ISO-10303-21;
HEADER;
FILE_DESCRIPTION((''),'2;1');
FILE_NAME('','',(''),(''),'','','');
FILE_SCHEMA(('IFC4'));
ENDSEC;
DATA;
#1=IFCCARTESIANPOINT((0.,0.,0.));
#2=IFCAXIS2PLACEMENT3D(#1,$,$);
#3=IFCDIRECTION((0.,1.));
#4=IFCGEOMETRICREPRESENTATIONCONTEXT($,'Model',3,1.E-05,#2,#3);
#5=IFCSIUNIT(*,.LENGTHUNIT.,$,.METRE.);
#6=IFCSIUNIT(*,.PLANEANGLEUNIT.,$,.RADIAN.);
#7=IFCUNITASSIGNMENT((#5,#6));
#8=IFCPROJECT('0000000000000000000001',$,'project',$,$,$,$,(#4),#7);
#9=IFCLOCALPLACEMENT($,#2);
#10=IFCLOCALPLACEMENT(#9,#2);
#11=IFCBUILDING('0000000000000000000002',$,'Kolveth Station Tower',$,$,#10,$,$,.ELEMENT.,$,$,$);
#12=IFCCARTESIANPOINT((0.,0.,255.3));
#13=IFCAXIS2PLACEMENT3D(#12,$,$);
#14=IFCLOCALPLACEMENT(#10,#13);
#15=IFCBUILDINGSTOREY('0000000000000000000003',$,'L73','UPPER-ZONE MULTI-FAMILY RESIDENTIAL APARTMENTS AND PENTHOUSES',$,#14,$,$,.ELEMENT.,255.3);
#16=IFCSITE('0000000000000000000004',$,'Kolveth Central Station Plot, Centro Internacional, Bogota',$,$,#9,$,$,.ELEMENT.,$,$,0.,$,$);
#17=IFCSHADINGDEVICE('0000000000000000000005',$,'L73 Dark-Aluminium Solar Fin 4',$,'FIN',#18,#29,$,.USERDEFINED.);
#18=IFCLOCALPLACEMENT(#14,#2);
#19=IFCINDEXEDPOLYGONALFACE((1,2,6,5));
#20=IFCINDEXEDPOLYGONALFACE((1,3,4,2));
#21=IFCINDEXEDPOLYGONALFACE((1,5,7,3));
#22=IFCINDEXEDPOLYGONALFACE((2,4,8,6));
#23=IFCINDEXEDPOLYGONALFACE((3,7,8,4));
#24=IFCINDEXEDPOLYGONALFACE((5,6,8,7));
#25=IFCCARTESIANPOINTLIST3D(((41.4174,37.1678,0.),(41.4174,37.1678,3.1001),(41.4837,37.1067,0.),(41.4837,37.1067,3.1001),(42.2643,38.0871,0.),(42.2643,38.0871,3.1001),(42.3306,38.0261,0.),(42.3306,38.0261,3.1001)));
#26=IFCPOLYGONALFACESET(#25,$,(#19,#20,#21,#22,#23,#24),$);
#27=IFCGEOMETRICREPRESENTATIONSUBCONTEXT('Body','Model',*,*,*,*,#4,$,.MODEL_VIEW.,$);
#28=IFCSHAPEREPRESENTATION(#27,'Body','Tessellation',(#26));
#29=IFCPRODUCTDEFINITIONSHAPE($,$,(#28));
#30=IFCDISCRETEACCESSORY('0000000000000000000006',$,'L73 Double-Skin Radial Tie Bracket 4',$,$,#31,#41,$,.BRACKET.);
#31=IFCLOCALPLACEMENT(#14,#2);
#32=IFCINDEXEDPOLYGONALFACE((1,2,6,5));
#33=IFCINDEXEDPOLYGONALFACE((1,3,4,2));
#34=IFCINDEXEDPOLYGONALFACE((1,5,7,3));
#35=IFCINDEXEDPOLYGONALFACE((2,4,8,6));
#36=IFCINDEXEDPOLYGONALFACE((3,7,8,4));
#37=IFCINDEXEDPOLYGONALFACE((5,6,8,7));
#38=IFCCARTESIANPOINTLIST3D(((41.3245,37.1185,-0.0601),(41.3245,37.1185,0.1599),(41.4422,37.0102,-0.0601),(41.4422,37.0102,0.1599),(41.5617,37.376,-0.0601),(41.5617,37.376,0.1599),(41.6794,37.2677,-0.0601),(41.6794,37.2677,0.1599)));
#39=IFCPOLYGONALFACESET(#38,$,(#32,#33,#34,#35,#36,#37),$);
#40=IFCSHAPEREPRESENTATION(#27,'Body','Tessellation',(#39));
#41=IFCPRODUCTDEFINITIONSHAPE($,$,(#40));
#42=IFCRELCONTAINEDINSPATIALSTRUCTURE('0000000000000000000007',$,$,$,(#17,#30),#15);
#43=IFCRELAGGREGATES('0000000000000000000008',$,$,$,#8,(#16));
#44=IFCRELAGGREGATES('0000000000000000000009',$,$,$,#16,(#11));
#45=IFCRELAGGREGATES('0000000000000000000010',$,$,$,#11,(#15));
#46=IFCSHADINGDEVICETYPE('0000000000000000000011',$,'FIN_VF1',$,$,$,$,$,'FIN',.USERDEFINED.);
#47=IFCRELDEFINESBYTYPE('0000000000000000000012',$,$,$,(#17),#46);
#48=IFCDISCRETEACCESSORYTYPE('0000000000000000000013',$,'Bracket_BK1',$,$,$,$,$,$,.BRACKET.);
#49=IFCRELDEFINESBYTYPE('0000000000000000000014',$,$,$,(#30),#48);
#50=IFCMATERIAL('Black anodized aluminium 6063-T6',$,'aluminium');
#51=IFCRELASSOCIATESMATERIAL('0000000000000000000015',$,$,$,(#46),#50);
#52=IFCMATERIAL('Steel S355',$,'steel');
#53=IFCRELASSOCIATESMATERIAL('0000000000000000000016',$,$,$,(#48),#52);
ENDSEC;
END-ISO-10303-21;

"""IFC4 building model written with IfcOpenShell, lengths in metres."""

from ifc_helpers import new_model, si_unit, direction, frame, origin, origin_2d, place, context, subcontext, project, spatial, rectangle, extrude, source, transform, mapped, material, type_object, element, save


model = new_model("IFC4")

# Units and contexts
model_context = context("Model", 3, precision=1e-05, world=origin(), true_north=direction((0.0, 1.0)))
body_context = subcontext(model_context, "Body", "Model", "MODEL_VIEW")
ifc_project = project(units=[si_unit("LENGTHUNIT", "METRE"), si_unit("PLANEANGLEUNIT", "RADIAN")], contexts=[model_context])

# Site, building, storey
site_placement = place(None, origin())
site = spatial("IfcSite", under=ifc_project, at=site_placement, Name="Kolveth Central Station Plot, Centro Internacional, Bogota", CompositionType="ELEMENT", RefElevation=0.0)
building_placement = place(site_placement, origin())
building = spatial("IfcBuilding", under=site, at=building_placement, Name="Kolveth Station Tower", CompositionType="ELEMENT")
storey_placement = place(building_placement, frame((0.0, 0.0, 255.3)))
storey = spatial("IfcBuildingStorey", under=building, at=storey_placement, Name="L73", Description="UPPER-ZONE MULTI-FAMILY RESIDENTIAL APARTMENTS AND PENTHOUSES", CompositionType="ELEMENT", Elevation=255.3)

# Shared definitions
ifc_material_1 = material(Name="Black anodized aluminium 6063-T6", Category="aluminium")

# Shading device
shading_device_type = type_object("IfcShadingDeviceType", Name="FIN_VF1", ElementType="FIN", PredefinedType="USERDEFINED", material=ifc_material_1)
shared_shape_1 = source(origin(), body_context, "Body", "SweptSolid", [
    extrude(rectangle(XDim=1.25, YDim=0.0901, at=origin_2d()), origin(), (0.0, 0.0, 1.0), 3.1001),
])
for number, where, z_axis, x_axis, name in (
    (1, (41.874, 37.5969, 0.0), (0.0, 0.0, 1.0), (0.677518, 0.735506, 0.0), "L73 Dark-Aluminium Solar Fin 4"),
):
    element("IfcShadingDevice", number, at=place(storey_placement, frame(where, z_axis=z_axis, x_axis=x_axis)), inside=storey, type_object=shading_device_type, Name=name, ObjectType="FIN", PredefinedType="USERDEFINED", context=body_context, shape_type="MappedRepresentation", body=[
        mapped(shared_shape_1, transform((0.0, 0.0, 0.0), x_axis=(1.0, 0.0, 0.0), y_axis=(0.0, 1.0, 0.0), z_axis=(0.0, 0.0, 1.0), scale=1.0)),
    ])

# Discrete accessory
ifc_material_2 = material(Name="Steel S355", Category="steel")
discrete_accessory_type = type_object("IfcDiscreteAccessoryType", Name="Bracket_BK1", PredefinedType="BRACKET", material=ifc_material_2)
shared_shape_2 = source(origin(), body_context, "Body", "SweptSolid", [
    extrude(rectangle(XDim=0.3501, YDim=0.1599, at=origin_2d()), origin(), (0.0, 0.0, 1.0), 0.22),
])
discrete_accessory_placement = place(storey_placement, frame((41.502, 37.1931, -0.0601), z_axis=(0.0, 0.0, 1.0), x_axis=(0.677518, 0.735506, 0.0)))
element("IfcDiscreteAccessory", 2, at=discrete_accessory_placement, inside=storey, type_object=discrete_accessory_type, Name="L73 Double-Skin Radial Tie Bracket 4", PredefinedType="BRACKET", context=body_context, shape_type="MappedRepresentation", body=[
    mapped(shared_shape_2, transform((0.0, 0.0, 0.0), x_axis=(1.0, 0.0, 0.0), y_axis=(0.0, 1.0, 0.0), z_axis=(0.0, 0.0, 1.0), scale=1.0)),
])

save(model, "model.ifc")
